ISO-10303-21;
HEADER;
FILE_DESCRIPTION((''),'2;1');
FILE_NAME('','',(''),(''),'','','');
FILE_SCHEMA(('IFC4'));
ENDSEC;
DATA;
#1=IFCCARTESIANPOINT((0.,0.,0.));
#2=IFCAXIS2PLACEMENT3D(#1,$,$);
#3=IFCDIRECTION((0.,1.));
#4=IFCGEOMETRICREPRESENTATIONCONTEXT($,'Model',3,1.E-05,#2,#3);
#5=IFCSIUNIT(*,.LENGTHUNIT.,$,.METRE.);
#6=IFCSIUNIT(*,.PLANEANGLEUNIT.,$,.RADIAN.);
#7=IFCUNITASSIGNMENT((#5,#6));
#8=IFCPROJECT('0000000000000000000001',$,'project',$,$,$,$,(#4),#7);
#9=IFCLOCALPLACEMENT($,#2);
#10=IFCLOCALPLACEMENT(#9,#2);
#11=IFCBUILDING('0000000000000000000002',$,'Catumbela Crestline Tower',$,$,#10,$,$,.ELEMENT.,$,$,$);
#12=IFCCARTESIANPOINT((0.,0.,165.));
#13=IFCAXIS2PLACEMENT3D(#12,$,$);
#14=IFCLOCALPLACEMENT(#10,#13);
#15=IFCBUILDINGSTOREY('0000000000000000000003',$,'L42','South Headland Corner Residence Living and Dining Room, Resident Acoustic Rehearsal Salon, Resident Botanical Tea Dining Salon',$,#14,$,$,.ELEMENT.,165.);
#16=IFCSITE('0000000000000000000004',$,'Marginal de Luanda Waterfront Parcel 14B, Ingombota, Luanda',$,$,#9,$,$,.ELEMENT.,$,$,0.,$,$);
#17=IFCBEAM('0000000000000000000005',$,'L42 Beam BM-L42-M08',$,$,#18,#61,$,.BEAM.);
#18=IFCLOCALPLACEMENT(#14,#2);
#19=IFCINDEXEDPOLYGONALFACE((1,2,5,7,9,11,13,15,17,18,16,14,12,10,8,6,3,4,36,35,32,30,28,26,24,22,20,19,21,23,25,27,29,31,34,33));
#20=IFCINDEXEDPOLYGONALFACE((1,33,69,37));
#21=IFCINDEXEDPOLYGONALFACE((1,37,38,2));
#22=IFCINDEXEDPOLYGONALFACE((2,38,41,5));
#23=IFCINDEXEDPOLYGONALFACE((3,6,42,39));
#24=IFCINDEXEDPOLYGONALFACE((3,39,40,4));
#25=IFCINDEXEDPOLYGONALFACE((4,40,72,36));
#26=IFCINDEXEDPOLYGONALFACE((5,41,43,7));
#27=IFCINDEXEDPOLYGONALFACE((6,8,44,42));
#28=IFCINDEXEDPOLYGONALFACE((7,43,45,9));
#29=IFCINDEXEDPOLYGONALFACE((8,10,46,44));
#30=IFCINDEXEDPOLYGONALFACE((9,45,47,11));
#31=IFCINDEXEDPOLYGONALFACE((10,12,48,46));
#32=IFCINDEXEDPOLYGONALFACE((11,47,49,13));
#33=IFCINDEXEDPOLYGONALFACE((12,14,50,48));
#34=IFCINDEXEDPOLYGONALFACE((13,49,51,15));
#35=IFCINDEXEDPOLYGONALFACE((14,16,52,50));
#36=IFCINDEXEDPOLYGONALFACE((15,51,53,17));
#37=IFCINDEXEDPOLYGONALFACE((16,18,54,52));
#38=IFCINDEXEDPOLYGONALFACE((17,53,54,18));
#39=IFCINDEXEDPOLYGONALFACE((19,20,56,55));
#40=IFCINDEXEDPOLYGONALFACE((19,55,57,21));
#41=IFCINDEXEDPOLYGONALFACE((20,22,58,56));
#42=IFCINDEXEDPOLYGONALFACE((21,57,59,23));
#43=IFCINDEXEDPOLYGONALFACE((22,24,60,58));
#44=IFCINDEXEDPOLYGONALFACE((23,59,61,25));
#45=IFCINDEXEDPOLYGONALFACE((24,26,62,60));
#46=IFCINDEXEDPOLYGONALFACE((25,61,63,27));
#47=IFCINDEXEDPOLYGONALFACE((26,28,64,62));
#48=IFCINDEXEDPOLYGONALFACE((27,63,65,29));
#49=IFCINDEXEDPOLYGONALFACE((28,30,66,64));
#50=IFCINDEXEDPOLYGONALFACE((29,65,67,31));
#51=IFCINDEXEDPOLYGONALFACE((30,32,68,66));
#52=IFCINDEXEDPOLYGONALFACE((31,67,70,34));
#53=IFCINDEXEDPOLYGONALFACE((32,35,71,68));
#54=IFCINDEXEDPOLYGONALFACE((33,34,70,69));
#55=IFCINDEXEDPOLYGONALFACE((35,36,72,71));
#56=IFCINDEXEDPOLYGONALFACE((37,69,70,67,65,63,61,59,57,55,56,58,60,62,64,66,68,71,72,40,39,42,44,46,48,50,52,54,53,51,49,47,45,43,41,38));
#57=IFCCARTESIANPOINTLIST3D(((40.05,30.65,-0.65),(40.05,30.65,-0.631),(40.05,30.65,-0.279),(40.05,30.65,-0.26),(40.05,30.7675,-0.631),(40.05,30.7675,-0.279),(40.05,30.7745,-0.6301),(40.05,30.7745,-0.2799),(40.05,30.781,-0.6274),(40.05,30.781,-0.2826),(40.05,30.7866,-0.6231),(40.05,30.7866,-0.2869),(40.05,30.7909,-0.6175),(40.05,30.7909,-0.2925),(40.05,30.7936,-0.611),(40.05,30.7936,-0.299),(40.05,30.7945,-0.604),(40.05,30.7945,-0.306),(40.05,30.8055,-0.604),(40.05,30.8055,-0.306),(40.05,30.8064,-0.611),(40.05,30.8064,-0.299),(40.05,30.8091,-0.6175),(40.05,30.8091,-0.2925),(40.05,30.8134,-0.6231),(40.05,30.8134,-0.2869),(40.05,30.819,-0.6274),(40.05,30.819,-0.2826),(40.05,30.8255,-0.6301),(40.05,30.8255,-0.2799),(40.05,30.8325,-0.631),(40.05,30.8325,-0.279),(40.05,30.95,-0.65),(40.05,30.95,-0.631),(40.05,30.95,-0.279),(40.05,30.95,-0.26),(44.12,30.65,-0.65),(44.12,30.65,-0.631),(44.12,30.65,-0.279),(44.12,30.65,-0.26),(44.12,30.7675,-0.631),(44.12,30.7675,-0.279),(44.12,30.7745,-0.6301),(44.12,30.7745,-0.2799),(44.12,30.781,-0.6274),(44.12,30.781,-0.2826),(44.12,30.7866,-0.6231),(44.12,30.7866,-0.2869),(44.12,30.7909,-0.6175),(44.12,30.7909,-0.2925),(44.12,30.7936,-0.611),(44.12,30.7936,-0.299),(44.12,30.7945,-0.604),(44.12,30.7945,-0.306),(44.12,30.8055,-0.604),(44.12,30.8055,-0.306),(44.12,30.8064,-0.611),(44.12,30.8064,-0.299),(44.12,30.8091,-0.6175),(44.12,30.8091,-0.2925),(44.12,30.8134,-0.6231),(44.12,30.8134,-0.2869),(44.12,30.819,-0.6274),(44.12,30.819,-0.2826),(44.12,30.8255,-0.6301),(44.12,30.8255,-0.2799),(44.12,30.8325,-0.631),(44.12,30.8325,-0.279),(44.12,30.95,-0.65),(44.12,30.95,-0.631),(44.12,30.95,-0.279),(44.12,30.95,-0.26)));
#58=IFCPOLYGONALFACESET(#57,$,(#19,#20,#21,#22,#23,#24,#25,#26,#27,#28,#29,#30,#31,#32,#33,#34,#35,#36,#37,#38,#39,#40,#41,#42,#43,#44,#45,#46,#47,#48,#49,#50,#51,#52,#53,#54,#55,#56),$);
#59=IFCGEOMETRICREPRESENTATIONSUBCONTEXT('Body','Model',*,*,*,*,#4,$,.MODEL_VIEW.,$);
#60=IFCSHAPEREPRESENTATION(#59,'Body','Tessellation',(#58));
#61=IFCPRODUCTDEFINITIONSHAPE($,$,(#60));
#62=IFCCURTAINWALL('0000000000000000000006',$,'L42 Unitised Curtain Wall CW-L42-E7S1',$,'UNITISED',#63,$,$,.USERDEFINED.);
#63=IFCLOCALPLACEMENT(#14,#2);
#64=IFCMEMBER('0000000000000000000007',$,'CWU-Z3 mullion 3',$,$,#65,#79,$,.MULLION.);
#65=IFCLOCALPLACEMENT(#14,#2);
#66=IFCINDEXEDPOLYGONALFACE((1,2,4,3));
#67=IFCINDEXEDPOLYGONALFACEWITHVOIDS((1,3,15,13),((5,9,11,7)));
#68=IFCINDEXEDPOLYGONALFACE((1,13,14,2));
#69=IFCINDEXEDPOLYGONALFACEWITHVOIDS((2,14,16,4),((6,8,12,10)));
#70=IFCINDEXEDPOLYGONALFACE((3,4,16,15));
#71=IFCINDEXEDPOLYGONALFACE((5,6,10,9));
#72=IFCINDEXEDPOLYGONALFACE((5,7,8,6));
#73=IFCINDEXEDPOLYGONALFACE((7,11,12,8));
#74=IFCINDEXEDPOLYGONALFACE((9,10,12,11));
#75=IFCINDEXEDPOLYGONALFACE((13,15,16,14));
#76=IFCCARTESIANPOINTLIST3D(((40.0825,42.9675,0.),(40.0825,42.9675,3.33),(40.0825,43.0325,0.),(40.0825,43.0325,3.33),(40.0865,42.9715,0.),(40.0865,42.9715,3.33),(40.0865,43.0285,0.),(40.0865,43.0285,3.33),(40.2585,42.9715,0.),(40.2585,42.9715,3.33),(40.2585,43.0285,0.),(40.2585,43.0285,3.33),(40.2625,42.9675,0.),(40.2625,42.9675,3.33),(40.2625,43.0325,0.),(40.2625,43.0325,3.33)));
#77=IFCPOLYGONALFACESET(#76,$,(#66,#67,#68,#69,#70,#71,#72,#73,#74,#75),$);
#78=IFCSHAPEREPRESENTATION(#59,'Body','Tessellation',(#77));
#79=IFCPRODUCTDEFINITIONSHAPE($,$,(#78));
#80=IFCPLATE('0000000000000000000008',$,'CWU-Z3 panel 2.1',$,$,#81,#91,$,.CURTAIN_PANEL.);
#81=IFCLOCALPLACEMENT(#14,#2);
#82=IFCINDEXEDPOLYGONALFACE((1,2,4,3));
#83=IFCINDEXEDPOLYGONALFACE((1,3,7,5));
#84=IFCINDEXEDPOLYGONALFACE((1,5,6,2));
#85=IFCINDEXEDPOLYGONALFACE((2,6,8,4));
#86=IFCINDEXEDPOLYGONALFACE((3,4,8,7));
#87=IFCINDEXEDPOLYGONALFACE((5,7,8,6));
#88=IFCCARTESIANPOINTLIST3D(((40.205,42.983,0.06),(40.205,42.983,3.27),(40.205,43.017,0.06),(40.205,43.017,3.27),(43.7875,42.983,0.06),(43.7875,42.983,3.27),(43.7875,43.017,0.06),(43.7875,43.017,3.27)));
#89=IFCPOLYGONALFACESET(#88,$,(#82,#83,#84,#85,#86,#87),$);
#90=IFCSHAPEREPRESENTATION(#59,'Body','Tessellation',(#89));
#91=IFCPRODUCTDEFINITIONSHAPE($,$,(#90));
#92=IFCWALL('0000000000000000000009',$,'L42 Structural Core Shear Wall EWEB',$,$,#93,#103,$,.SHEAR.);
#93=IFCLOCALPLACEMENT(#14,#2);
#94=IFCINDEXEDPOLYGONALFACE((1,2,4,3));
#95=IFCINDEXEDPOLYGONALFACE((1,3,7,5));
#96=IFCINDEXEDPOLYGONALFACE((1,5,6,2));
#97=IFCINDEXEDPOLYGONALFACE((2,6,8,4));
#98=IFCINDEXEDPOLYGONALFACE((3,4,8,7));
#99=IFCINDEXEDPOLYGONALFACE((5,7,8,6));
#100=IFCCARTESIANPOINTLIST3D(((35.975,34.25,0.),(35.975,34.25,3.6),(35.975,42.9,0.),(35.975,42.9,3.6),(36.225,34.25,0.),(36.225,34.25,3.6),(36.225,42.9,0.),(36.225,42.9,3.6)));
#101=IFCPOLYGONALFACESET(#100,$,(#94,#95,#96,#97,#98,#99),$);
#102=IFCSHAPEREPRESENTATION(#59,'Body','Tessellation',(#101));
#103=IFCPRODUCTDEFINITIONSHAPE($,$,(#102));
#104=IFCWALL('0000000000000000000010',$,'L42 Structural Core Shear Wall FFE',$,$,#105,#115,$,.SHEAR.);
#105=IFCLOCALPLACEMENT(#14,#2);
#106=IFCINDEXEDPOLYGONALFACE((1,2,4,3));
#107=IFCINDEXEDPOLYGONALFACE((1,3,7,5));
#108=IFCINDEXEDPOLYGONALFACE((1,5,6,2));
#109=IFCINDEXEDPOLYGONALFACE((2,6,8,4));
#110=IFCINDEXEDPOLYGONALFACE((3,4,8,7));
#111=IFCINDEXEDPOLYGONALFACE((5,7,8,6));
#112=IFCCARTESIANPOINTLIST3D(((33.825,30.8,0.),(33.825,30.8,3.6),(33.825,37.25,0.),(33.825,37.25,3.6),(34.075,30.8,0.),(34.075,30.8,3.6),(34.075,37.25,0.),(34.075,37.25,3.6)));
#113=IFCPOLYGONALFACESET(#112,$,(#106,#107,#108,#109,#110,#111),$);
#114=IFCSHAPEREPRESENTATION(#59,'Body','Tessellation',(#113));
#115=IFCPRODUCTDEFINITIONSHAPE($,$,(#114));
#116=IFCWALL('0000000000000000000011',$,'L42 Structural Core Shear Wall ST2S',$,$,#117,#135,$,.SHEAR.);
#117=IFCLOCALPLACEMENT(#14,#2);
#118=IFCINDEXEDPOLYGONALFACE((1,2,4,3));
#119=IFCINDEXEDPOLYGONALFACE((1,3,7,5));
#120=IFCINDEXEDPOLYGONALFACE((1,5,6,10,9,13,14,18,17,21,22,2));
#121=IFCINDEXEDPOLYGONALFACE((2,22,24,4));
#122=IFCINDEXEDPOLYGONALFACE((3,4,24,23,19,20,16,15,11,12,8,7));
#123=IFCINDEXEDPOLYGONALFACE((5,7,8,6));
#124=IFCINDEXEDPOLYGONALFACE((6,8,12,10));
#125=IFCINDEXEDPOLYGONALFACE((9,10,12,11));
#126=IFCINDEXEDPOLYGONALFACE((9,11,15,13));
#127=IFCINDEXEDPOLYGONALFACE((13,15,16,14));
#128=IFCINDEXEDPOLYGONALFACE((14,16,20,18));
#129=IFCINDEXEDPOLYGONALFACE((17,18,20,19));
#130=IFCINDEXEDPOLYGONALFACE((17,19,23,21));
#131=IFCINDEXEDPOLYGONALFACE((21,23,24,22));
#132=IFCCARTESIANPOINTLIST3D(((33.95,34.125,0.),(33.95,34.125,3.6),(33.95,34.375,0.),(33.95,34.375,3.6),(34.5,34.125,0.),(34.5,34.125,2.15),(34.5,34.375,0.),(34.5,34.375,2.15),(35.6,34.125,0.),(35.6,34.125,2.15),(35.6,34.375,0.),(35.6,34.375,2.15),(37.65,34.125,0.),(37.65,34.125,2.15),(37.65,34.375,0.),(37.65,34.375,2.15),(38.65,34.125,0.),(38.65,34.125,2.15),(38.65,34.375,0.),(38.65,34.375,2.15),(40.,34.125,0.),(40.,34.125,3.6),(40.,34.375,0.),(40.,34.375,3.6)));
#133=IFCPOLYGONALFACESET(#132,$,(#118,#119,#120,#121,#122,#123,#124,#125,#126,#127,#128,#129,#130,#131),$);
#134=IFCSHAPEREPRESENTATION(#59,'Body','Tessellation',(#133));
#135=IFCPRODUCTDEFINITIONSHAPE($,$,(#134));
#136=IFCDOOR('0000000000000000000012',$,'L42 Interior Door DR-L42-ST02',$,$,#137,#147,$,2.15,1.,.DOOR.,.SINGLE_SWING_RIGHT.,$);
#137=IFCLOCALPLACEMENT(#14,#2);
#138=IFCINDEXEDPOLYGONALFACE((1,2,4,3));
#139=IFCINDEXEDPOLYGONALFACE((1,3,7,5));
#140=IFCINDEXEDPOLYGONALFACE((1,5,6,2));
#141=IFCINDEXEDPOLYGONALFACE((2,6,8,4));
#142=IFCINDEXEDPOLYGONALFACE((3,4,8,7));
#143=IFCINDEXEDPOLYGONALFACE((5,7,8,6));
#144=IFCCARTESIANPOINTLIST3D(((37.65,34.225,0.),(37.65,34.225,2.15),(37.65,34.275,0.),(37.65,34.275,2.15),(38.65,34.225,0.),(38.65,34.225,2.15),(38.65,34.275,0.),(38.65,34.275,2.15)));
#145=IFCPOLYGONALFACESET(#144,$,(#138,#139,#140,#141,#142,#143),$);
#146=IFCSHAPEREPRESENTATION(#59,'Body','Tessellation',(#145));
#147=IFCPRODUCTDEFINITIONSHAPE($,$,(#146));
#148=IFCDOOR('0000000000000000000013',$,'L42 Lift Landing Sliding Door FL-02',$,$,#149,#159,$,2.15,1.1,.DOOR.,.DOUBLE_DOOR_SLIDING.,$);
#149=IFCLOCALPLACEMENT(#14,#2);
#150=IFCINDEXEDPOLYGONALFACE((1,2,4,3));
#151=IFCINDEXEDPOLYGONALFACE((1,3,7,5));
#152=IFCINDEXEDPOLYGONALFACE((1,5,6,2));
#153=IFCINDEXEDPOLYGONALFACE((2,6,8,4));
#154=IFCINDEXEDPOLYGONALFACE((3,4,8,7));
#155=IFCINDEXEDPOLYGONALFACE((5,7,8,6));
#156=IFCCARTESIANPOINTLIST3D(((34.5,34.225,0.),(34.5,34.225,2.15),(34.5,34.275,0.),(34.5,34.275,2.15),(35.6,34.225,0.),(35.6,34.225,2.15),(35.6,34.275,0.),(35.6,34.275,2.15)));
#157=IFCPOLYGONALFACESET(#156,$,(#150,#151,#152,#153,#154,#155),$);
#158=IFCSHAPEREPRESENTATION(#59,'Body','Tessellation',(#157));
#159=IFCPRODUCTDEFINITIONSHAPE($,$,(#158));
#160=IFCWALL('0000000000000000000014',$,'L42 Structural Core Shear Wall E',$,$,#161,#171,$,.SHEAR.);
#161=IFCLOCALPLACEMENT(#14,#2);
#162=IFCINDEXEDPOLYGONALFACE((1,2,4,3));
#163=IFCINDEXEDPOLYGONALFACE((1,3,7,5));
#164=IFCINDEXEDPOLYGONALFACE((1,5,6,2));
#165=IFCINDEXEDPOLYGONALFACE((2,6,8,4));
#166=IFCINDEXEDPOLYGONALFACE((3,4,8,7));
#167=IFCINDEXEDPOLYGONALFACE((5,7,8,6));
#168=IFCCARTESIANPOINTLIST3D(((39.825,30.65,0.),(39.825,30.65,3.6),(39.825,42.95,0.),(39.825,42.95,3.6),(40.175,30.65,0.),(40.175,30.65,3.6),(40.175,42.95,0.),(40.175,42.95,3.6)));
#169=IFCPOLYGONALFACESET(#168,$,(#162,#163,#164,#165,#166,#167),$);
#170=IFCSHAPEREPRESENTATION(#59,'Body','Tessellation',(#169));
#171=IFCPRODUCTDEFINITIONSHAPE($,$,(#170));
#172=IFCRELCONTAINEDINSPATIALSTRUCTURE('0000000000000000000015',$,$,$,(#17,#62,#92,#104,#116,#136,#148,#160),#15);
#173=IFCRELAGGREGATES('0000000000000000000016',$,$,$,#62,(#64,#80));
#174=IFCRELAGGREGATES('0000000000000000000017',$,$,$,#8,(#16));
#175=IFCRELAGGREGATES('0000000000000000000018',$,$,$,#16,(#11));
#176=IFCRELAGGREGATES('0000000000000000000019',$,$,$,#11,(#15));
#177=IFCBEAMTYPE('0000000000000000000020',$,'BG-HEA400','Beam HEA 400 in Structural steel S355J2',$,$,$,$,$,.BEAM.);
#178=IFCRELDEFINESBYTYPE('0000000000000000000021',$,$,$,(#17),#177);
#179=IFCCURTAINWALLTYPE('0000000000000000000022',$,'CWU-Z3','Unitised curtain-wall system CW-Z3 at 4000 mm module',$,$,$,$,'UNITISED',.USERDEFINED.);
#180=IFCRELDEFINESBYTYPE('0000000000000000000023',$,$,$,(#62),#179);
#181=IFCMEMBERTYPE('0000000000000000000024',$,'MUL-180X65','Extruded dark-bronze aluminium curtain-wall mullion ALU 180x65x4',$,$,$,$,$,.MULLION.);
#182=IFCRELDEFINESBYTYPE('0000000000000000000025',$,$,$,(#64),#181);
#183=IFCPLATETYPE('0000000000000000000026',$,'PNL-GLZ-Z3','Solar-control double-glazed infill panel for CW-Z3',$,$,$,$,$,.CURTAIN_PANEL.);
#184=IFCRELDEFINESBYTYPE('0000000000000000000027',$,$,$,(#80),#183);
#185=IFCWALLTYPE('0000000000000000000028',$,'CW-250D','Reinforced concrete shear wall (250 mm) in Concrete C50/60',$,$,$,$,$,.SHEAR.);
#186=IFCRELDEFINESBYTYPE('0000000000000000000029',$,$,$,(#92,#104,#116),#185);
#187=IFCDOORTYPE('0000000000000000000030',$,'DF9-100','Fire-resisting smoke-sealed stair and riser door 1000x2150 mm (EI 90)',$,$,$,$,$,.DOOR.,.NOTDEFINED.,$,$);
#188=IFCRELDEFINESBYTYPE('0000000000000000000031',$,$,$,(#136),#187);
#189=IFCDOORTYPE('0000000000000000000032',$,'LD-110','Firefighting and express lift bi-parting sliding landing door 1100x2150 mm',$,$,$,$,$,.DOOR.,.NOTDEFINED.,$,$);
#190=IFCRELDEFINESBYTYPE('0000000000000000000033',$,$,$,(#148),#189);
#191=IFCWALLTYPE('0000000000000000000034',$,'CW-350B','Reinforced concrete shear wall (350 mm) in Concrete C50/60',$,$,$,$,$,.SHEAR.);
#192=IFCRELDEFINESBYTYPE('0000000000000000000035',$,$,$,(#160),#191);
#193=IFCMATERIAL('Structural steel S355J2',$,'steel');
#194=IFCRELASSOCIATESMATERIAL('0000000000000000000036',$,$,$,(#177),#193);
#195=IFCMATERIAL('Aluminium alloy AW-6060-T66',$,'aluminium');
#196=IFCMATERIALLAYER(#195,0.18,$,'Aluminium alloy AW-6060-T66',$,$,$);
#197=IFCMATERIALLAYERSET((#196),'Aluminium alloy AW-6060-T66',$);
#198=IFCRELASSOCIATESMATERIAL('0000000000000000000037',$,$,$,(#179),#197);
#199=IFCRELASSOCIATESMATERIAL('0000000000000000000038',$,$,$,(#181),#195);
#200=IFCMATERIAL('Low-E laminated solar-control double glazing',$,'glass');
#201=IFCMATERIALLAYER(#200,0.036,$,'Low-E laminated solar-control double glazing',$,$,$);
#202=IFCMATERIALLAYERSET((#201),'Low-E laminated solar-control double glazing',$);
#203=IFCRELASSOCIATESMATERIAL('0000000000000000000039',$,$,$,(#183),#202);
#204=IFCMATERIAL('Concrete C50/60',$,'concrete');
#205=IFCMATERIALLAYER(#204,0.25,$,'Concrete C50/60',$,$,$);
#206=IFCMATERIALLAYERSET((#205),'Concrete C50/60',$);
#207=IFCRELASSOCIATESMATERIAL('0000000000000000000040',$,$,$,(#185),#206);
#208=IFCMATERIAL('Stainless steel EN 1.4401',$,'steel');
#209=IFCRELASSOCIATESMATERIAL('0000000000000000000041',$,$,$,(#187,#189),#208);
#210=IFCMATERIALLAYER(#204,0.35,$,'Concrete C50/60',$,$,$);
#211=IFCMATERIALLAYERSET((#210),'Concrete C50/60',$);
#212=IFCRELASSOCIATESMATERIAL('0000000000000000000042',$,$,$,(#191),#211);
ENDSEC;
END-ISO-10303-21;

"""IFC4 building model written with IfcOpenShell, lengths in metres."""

from ifc_helpers import new_model, si_unit, direction, frame, frame_2d, origin, origin_2d, place, context, subcontext, project, spatial, rectangle, hollow_rectangle, i_section, extrude, material, layer, layer_set, material_profile, profile_set, type_object, element, fill, aggregate, save


model = new_model("IFC4")

# Units and contexts
model_context = context("Model", 3, precision=1e-05, world=origin(), true_north=direction((0.0, 1.0)))
body_context = subcontext(model_context, "Body", "Model", "MODEL_VIEW")
ifc_project = project(units=[si_unit("LENGTHUNIT", "METRE"), si_unit("PLANEANGLEUNIT", "RADIAN")], contexts=[model_context])

# Site, building, storey
site_placement = place(None, origin())
site = spatial("IfcSite", under=ifc_project, at=site_placement, Name="Marginal de Luanda Waterfront Parcel 14B, Ingombota, Luanda", CompositionType="ELEMENT", RefElevation=0.0)
building_placement = place(site_placement, origin())
building = spatial("IfcBuilding", under=site, at=building_placement, Name="Catumbela Crestline Tower", CompositionType="ELEMENT")
storey_placement = place(building_placement, frame((0.0, 0.0, 165.0)))
storey = spatial("IfcBuildingStorey", under=building, at=storey_placement, Name="L42", Description="South Headland Corner Residence Living and Dining Room, Resident Acoustic Rehearsal Salon, Resident Botanical Tea Dining Salon", CompositionType="ELEMENT", Elevation=165.0)

# Beam
ifc_material_1 = material(Name="Structural steel S355J2", Category="steel")
ifc_material_profile_1 = material_profile(ifc_material_1, i_section(OverallWidth=0.3, OverallDepth=0.39, WebThickness=0.011, FlangeThickness=0.019, FilletRadius=0.027, at=origin_2d()), Name="HEA 400")
ifc_profile_set_1 = profile_set([ifc_material_profile_1], Name="Structural steel S355J2")
beam_type = type_object("IfcBeamType", Name="BG-HEA400", Description="Beam HEA 400 in Structural steel S355J2", PredefinedType="BEAM", material=ifc_profile_set_1)
beam_placement = place(storey_placement, frame((40.05, 30.8, -0.455), z_axis=(1.0, 0.0, 0.0), x_axis=(0.0, 1.0, 0.0)))
element("IfcBeam", 1, at=beam_placement, inside=storey, type_object=beam_type, Name="L42 Beam BM-L42-M08", PredefinedType="BEAM", context=body_context, shape_type="SweptSolid", body=[
    extrude(i_section(OverallWidth=0.3, OverallDepth=0.39, WebThickness=0.011, FlangeThickness=0.019, FilletRadius=0.027, at=origin_2d()), origin(), (0.0, 0.0, 1.0), 4.07),
])

# Curtain wall, member, plate
ifc_material_2 = material(Name="Aluminium alloy AW-6060-T66", Category="aluminium")
ifc_layer_1 = layer(ifc_material_2, 0.18, Name="Aluminium alloy AW-6060-T66")
ifc_layer_set_1 = layer_set([ifc_layer_1], Name="Aluminium alloy AW-6060-T66")
curtain_wall_type = type_object("IfcCurtainWallType", Name="CWU-Z3", Description="Unitised curtain-wall system CW-Z3 at 4000 mm module", ElementType="UNITISED", PredefinedType="USERDEFINED", material=ifc_layer_set_1)
curtain_wall_placement = place(storey_placement, origin())
curtain_wall = element("IfcCurtainWall", 2, at=curtain_wall_placement, inside=storey, type_object=curtain_wall_type, Name="L42 Unitised Curtain Wall CW-L42-E7S1", ObjectType="UNITISED", PredefinedType="USERDEFINED")
ifc_material_profile_2 = material_profile(ifc_material_2, hollow_rectangle(XDim=0.065, YDim=0.18, WallThickness=0.004, at=origin_2d()), Name="ALU 180x65x4")
ifc_profile_set_2 = profile_set([ifc_material_profile_2], Name="Aluminium alloy AW-6060-T66")
member_type = type_object("IfcMemberType", Name="MUL-180X65", Description="Extruded dark-bronze aluminium curtain-wall mullion ALU 180x65x4", PredefinedType="MULLION", material=ifc_profile_set_2)
member_placement = place(storey_placement, frame((40.1725, 43.0, 0.0), z_axis=(0.0, 0.0, 1.0), x_axis=(0.0, -1.0, 0.0)))
member = element("IfcMember", 3, at=member_placement, type_object=member_type, Name="CWU-Z3 mullion 3", PredefinedType="MULLION", context=body_context, shape_type="SweptSolid", body=[
    extrude(hollow_rectangle(XDim=0.065, YDim=0.18, WallThickness=0.004, at=origin_2d()), origin(), (0.0, 0.0, 1.0), 3.33),
])
ifc_material_3 = material(Name="Low-E laminated solar-control double glazing", Category="glass")
ifc_layer_2 = layer(ifc_material_3, 0.036, Name="Low-E laminated solar-control double glazing")
ifc_layer_set_2 = layer_set([ifc_layer_2], Name="Low-E laminated solar-control double glazing")
plate_type = type_object("IfcPlateType", Name="PNL-GLZ-Z3", Description="Solar-control double-glazed infill panel for CW-Z3", PredefinedType="CURTAIN_PANEL", material=ifc_layer_set_2)
plate_placement = place(storey_placement, frame((41.9963, 43.0, 0.06), z_axis=(0.0, 0.0, 1.0), x_axis=(-1.0, 0.0, 0.0)))
plate = element("IfcPlate", 4, at=plate_placement, type_object=plate_type, Name="CWU-Z3 panel 2.1", PredefinedType="CURTAIN_PANEL", context=body_context, shape_type="SweptSolid", body=[
    extrude(rectangle(XDim=3.5825, YDim=0.034, at=origin_2d()), origin(), (0.0, 0.0, 1.0), 3.21),
])
aggregate(curtain_wall, [member, plate])

# Walls
ifc_material_4 = material(Name="Concrete C50/60", Category="concrete")
ifc_layer_3 = layer(ifc_material_4, 0.25, Name="Concrete C50/60")
ifc_layer_set_3 = layer_set([ifc_layer_3], Name="Concrete C50/60")
wall_type_1 = type_object("IfcWallType", Name="CW-250D", Description="Reinforced concrete shear wall (250 mm) in Concrete C50/60", PredefinedType="SHEAR", material=ifc_layer_set_3)
wall_1_placement = place(storey_placement, frame((36.1, 34.25, 0.0), z_axis=(0.0, 0.0, 1.0), x_axis=(0.0, 1.0, 0.0)))
element("IfcWall", 5, at=wall_1_placement, inside=storey, type_object=wall_type_1, Name="L42 Structural Core Shear Wall EWEB", PredefinedType="SHEAR", context=body_context, shape_type="SweptSolid", body=[
    extrude(rectangle(XDim=8.65, YDim=0.25, at=frame_2d((4.325, 0.0))), origin(), (0.0, 0.0, 1.0), 3.6),
])
wall_2_placement = place(storey_placement, frame((33.95, 30.8, 0.0), z_axis=(0.0, 0.0, 1.0), x_axis=(0.0, 1.0, 0.0)))
element("IfcWall", 6, at=wall_2_placement, inside=storey, type_object=wall_type_1, Name="L42 Structural Core Shear Wall FFE", PredefinedType="SHEAR", context=body_context, shape_type="SweptSolid", body=[
    extrude(rectangle(XDim=6.45, YDim=0.25, at=frame_2d((3.225, 0.0))), origin(), (0.0, 0.0, 1.0), 3.6),
])

# Wall, openings, doors
wall_3_placement = place(storey_placement, frame((33.95, 34.25, 0.0), z_axis=(0.0, 0.0, 1.0), x_axis=(1.0, 0.0, 0.0)))
wall_3 = element("IfcWall", 7, at=wall_3_placement, inside=storey, type_object=wall_type_1, Name="L42 Structural Core Shear Wall ST2S", PredefinedType="SHEAR", context=body_context, shape_type="SweptSolid", body=[
    extrude(rectangle(XDim=6.05, YDim=0.25, at=frame_2d((3.025, 0.0))), origin(), (0.0, 0.0, 1.0), 3.6),
])
opening_1_placement = place(wall_3_placement, frame((3.7, 0.0, 0.0)))
opening_1 = element("IfcOpeningElement", 8, at=opening_1_placement, cuts=wall_3, PredefinedType="OPENING", context=body_context, shape_type="SweptSolid", body=[
    extrude(rectangle(XDim=1.0, YDim=2.15, at=frame_2d((0.5, 1.075))), frame((0.0, 0.135, 0.0), z_axis=(0.0, -1.0, 0.0), x_axis=(1.0, 0.0, 0.0)), (0.0, 0.0, 1.0), 0.27),
])
opening_2_placement = place(wall_3_placement, frame((0.55, 0.0, 0.0)))
opening_2 = element("IfcOpeningElement", 9, at=opening_2_placement, cuts=wall_3, PredefinedType="OPENING", context=body_context, shape_type="SweptSolid", body=[
    extrude(rectangle(XDim=1.1, YDim=2.15, at=frame_2d((0.55, 1.075))), frame((0.0, 0.135, 0.0), z_axis=(0.0, -1.0, 0.0), x_axis=(1.0, 0.0, 0.0)), (0.0, 0.0, 1.0), 0.27),
])
ifc_material_5 = material(Name="Stainless steel EN 1.4401", Category="steel")
door_type_1 = type_object("IfcDoorType", Name="DF9-100", Description="Fire-resisting smoke-sealed stair and riser door 1000x2150 mm (EI 90)", OperationType="NOTDEFINED", PredefinedType="DOOR", material=ifc_material_5)
door_1_placement = place(opening_1_placement, origin())
door_1 = element("IfcDoor", 10, at=door_1_placement, inside=storey, type_object=door_type_1, Name="L42 Interior Door DR-L42-ST02", OperationType="SINGLE_SWING_RIGHT", OverallHeight=2.15, OverallWidth=1.0, PredefinedType="DOOR", context=body_context, shape_type="SweptSolid", body=[
    extrude(rectangle(XDim=1.0, YDim=2.15, at=frame_2d((0.5, 1.075))), frame((0.0, 0.025, 0.0), z_axis=(0.0, -1.0, 0.0), x_axis=(1.0, 0.0, 0.0)), (0.0, 0.0, 1.0), 0.05),
])
fill(opening_1, door_1)
door_type_2 = type_object("IfcDoorType", Name="LD-110", Description="Firefighting and express lift bi-parting sliding landing door 1100x2150 mm", OperationType="NOTDEFINED", PredefinedType="DOOR", material=ifc_material_5)
door_2_placement = place(opening_2_placement, origin())
door_2 = element("IfcDoor", 11, at=door_2_placement, inside=storey, type_object=door_type_2, Name="L42 Lift Landing Sliding Door FL-02", OperationType="DOUBLE_DOOR_SLIDING", OverallHeight=2.15, OverallWidth=1.1, PredefinedType="DOOR", context=body_context, shape_type="SweptSolid", body=[
    extrude(rectangle(XDim=1.1, YDim=2.15, at=frame_2d((0.55, 1.075))), frame((0.0, 0.025, 0.0), z_axis=(0.0, -1.0, 0.0), x_axis=(1.0, 0.0, 0.0)), (0.0, 0.0, 1.0), 0.05),
])
fill(opening_2, door_2)

# Wall
ifc_layer_4 = layer(ifc_material_4, 0.35, Name="Concrete C50/60")
ifc_layer_set_4 = layer_set([ifc_layer_4], Name="Concrete C50/60")
wall_type_2 = type_object("IfcWallType", Name="CW-350B", Description="Reinforced concrete shear wall (350 mm) in Concrete C50/60", PredefinedType="SHEAR", material=ifc_layer_set_4)
wall_4_placement = place(storey_placement, frame((40.0, 30.65, 0.0), z_axis=(0.0, 0.0, 1.0), x_axis=(0.0, 1.0, 0.0)))
element("IfcWall", 12, at=wall_4_placement, inside=storey, type_object=wall_type_2, Name="L42 Structural Core Shear Wall E", PredefinedType="SHEAR", context=body_context, shape_type="SweptSolid", body=[
    extrude(rectangle(XDim=12.3, YDim=0.35, at=frame_2d((6.15, 0.0))), origin(), (0.0, 0.0, 1.0), 3.6),
])

save(model, "model.ifc")
